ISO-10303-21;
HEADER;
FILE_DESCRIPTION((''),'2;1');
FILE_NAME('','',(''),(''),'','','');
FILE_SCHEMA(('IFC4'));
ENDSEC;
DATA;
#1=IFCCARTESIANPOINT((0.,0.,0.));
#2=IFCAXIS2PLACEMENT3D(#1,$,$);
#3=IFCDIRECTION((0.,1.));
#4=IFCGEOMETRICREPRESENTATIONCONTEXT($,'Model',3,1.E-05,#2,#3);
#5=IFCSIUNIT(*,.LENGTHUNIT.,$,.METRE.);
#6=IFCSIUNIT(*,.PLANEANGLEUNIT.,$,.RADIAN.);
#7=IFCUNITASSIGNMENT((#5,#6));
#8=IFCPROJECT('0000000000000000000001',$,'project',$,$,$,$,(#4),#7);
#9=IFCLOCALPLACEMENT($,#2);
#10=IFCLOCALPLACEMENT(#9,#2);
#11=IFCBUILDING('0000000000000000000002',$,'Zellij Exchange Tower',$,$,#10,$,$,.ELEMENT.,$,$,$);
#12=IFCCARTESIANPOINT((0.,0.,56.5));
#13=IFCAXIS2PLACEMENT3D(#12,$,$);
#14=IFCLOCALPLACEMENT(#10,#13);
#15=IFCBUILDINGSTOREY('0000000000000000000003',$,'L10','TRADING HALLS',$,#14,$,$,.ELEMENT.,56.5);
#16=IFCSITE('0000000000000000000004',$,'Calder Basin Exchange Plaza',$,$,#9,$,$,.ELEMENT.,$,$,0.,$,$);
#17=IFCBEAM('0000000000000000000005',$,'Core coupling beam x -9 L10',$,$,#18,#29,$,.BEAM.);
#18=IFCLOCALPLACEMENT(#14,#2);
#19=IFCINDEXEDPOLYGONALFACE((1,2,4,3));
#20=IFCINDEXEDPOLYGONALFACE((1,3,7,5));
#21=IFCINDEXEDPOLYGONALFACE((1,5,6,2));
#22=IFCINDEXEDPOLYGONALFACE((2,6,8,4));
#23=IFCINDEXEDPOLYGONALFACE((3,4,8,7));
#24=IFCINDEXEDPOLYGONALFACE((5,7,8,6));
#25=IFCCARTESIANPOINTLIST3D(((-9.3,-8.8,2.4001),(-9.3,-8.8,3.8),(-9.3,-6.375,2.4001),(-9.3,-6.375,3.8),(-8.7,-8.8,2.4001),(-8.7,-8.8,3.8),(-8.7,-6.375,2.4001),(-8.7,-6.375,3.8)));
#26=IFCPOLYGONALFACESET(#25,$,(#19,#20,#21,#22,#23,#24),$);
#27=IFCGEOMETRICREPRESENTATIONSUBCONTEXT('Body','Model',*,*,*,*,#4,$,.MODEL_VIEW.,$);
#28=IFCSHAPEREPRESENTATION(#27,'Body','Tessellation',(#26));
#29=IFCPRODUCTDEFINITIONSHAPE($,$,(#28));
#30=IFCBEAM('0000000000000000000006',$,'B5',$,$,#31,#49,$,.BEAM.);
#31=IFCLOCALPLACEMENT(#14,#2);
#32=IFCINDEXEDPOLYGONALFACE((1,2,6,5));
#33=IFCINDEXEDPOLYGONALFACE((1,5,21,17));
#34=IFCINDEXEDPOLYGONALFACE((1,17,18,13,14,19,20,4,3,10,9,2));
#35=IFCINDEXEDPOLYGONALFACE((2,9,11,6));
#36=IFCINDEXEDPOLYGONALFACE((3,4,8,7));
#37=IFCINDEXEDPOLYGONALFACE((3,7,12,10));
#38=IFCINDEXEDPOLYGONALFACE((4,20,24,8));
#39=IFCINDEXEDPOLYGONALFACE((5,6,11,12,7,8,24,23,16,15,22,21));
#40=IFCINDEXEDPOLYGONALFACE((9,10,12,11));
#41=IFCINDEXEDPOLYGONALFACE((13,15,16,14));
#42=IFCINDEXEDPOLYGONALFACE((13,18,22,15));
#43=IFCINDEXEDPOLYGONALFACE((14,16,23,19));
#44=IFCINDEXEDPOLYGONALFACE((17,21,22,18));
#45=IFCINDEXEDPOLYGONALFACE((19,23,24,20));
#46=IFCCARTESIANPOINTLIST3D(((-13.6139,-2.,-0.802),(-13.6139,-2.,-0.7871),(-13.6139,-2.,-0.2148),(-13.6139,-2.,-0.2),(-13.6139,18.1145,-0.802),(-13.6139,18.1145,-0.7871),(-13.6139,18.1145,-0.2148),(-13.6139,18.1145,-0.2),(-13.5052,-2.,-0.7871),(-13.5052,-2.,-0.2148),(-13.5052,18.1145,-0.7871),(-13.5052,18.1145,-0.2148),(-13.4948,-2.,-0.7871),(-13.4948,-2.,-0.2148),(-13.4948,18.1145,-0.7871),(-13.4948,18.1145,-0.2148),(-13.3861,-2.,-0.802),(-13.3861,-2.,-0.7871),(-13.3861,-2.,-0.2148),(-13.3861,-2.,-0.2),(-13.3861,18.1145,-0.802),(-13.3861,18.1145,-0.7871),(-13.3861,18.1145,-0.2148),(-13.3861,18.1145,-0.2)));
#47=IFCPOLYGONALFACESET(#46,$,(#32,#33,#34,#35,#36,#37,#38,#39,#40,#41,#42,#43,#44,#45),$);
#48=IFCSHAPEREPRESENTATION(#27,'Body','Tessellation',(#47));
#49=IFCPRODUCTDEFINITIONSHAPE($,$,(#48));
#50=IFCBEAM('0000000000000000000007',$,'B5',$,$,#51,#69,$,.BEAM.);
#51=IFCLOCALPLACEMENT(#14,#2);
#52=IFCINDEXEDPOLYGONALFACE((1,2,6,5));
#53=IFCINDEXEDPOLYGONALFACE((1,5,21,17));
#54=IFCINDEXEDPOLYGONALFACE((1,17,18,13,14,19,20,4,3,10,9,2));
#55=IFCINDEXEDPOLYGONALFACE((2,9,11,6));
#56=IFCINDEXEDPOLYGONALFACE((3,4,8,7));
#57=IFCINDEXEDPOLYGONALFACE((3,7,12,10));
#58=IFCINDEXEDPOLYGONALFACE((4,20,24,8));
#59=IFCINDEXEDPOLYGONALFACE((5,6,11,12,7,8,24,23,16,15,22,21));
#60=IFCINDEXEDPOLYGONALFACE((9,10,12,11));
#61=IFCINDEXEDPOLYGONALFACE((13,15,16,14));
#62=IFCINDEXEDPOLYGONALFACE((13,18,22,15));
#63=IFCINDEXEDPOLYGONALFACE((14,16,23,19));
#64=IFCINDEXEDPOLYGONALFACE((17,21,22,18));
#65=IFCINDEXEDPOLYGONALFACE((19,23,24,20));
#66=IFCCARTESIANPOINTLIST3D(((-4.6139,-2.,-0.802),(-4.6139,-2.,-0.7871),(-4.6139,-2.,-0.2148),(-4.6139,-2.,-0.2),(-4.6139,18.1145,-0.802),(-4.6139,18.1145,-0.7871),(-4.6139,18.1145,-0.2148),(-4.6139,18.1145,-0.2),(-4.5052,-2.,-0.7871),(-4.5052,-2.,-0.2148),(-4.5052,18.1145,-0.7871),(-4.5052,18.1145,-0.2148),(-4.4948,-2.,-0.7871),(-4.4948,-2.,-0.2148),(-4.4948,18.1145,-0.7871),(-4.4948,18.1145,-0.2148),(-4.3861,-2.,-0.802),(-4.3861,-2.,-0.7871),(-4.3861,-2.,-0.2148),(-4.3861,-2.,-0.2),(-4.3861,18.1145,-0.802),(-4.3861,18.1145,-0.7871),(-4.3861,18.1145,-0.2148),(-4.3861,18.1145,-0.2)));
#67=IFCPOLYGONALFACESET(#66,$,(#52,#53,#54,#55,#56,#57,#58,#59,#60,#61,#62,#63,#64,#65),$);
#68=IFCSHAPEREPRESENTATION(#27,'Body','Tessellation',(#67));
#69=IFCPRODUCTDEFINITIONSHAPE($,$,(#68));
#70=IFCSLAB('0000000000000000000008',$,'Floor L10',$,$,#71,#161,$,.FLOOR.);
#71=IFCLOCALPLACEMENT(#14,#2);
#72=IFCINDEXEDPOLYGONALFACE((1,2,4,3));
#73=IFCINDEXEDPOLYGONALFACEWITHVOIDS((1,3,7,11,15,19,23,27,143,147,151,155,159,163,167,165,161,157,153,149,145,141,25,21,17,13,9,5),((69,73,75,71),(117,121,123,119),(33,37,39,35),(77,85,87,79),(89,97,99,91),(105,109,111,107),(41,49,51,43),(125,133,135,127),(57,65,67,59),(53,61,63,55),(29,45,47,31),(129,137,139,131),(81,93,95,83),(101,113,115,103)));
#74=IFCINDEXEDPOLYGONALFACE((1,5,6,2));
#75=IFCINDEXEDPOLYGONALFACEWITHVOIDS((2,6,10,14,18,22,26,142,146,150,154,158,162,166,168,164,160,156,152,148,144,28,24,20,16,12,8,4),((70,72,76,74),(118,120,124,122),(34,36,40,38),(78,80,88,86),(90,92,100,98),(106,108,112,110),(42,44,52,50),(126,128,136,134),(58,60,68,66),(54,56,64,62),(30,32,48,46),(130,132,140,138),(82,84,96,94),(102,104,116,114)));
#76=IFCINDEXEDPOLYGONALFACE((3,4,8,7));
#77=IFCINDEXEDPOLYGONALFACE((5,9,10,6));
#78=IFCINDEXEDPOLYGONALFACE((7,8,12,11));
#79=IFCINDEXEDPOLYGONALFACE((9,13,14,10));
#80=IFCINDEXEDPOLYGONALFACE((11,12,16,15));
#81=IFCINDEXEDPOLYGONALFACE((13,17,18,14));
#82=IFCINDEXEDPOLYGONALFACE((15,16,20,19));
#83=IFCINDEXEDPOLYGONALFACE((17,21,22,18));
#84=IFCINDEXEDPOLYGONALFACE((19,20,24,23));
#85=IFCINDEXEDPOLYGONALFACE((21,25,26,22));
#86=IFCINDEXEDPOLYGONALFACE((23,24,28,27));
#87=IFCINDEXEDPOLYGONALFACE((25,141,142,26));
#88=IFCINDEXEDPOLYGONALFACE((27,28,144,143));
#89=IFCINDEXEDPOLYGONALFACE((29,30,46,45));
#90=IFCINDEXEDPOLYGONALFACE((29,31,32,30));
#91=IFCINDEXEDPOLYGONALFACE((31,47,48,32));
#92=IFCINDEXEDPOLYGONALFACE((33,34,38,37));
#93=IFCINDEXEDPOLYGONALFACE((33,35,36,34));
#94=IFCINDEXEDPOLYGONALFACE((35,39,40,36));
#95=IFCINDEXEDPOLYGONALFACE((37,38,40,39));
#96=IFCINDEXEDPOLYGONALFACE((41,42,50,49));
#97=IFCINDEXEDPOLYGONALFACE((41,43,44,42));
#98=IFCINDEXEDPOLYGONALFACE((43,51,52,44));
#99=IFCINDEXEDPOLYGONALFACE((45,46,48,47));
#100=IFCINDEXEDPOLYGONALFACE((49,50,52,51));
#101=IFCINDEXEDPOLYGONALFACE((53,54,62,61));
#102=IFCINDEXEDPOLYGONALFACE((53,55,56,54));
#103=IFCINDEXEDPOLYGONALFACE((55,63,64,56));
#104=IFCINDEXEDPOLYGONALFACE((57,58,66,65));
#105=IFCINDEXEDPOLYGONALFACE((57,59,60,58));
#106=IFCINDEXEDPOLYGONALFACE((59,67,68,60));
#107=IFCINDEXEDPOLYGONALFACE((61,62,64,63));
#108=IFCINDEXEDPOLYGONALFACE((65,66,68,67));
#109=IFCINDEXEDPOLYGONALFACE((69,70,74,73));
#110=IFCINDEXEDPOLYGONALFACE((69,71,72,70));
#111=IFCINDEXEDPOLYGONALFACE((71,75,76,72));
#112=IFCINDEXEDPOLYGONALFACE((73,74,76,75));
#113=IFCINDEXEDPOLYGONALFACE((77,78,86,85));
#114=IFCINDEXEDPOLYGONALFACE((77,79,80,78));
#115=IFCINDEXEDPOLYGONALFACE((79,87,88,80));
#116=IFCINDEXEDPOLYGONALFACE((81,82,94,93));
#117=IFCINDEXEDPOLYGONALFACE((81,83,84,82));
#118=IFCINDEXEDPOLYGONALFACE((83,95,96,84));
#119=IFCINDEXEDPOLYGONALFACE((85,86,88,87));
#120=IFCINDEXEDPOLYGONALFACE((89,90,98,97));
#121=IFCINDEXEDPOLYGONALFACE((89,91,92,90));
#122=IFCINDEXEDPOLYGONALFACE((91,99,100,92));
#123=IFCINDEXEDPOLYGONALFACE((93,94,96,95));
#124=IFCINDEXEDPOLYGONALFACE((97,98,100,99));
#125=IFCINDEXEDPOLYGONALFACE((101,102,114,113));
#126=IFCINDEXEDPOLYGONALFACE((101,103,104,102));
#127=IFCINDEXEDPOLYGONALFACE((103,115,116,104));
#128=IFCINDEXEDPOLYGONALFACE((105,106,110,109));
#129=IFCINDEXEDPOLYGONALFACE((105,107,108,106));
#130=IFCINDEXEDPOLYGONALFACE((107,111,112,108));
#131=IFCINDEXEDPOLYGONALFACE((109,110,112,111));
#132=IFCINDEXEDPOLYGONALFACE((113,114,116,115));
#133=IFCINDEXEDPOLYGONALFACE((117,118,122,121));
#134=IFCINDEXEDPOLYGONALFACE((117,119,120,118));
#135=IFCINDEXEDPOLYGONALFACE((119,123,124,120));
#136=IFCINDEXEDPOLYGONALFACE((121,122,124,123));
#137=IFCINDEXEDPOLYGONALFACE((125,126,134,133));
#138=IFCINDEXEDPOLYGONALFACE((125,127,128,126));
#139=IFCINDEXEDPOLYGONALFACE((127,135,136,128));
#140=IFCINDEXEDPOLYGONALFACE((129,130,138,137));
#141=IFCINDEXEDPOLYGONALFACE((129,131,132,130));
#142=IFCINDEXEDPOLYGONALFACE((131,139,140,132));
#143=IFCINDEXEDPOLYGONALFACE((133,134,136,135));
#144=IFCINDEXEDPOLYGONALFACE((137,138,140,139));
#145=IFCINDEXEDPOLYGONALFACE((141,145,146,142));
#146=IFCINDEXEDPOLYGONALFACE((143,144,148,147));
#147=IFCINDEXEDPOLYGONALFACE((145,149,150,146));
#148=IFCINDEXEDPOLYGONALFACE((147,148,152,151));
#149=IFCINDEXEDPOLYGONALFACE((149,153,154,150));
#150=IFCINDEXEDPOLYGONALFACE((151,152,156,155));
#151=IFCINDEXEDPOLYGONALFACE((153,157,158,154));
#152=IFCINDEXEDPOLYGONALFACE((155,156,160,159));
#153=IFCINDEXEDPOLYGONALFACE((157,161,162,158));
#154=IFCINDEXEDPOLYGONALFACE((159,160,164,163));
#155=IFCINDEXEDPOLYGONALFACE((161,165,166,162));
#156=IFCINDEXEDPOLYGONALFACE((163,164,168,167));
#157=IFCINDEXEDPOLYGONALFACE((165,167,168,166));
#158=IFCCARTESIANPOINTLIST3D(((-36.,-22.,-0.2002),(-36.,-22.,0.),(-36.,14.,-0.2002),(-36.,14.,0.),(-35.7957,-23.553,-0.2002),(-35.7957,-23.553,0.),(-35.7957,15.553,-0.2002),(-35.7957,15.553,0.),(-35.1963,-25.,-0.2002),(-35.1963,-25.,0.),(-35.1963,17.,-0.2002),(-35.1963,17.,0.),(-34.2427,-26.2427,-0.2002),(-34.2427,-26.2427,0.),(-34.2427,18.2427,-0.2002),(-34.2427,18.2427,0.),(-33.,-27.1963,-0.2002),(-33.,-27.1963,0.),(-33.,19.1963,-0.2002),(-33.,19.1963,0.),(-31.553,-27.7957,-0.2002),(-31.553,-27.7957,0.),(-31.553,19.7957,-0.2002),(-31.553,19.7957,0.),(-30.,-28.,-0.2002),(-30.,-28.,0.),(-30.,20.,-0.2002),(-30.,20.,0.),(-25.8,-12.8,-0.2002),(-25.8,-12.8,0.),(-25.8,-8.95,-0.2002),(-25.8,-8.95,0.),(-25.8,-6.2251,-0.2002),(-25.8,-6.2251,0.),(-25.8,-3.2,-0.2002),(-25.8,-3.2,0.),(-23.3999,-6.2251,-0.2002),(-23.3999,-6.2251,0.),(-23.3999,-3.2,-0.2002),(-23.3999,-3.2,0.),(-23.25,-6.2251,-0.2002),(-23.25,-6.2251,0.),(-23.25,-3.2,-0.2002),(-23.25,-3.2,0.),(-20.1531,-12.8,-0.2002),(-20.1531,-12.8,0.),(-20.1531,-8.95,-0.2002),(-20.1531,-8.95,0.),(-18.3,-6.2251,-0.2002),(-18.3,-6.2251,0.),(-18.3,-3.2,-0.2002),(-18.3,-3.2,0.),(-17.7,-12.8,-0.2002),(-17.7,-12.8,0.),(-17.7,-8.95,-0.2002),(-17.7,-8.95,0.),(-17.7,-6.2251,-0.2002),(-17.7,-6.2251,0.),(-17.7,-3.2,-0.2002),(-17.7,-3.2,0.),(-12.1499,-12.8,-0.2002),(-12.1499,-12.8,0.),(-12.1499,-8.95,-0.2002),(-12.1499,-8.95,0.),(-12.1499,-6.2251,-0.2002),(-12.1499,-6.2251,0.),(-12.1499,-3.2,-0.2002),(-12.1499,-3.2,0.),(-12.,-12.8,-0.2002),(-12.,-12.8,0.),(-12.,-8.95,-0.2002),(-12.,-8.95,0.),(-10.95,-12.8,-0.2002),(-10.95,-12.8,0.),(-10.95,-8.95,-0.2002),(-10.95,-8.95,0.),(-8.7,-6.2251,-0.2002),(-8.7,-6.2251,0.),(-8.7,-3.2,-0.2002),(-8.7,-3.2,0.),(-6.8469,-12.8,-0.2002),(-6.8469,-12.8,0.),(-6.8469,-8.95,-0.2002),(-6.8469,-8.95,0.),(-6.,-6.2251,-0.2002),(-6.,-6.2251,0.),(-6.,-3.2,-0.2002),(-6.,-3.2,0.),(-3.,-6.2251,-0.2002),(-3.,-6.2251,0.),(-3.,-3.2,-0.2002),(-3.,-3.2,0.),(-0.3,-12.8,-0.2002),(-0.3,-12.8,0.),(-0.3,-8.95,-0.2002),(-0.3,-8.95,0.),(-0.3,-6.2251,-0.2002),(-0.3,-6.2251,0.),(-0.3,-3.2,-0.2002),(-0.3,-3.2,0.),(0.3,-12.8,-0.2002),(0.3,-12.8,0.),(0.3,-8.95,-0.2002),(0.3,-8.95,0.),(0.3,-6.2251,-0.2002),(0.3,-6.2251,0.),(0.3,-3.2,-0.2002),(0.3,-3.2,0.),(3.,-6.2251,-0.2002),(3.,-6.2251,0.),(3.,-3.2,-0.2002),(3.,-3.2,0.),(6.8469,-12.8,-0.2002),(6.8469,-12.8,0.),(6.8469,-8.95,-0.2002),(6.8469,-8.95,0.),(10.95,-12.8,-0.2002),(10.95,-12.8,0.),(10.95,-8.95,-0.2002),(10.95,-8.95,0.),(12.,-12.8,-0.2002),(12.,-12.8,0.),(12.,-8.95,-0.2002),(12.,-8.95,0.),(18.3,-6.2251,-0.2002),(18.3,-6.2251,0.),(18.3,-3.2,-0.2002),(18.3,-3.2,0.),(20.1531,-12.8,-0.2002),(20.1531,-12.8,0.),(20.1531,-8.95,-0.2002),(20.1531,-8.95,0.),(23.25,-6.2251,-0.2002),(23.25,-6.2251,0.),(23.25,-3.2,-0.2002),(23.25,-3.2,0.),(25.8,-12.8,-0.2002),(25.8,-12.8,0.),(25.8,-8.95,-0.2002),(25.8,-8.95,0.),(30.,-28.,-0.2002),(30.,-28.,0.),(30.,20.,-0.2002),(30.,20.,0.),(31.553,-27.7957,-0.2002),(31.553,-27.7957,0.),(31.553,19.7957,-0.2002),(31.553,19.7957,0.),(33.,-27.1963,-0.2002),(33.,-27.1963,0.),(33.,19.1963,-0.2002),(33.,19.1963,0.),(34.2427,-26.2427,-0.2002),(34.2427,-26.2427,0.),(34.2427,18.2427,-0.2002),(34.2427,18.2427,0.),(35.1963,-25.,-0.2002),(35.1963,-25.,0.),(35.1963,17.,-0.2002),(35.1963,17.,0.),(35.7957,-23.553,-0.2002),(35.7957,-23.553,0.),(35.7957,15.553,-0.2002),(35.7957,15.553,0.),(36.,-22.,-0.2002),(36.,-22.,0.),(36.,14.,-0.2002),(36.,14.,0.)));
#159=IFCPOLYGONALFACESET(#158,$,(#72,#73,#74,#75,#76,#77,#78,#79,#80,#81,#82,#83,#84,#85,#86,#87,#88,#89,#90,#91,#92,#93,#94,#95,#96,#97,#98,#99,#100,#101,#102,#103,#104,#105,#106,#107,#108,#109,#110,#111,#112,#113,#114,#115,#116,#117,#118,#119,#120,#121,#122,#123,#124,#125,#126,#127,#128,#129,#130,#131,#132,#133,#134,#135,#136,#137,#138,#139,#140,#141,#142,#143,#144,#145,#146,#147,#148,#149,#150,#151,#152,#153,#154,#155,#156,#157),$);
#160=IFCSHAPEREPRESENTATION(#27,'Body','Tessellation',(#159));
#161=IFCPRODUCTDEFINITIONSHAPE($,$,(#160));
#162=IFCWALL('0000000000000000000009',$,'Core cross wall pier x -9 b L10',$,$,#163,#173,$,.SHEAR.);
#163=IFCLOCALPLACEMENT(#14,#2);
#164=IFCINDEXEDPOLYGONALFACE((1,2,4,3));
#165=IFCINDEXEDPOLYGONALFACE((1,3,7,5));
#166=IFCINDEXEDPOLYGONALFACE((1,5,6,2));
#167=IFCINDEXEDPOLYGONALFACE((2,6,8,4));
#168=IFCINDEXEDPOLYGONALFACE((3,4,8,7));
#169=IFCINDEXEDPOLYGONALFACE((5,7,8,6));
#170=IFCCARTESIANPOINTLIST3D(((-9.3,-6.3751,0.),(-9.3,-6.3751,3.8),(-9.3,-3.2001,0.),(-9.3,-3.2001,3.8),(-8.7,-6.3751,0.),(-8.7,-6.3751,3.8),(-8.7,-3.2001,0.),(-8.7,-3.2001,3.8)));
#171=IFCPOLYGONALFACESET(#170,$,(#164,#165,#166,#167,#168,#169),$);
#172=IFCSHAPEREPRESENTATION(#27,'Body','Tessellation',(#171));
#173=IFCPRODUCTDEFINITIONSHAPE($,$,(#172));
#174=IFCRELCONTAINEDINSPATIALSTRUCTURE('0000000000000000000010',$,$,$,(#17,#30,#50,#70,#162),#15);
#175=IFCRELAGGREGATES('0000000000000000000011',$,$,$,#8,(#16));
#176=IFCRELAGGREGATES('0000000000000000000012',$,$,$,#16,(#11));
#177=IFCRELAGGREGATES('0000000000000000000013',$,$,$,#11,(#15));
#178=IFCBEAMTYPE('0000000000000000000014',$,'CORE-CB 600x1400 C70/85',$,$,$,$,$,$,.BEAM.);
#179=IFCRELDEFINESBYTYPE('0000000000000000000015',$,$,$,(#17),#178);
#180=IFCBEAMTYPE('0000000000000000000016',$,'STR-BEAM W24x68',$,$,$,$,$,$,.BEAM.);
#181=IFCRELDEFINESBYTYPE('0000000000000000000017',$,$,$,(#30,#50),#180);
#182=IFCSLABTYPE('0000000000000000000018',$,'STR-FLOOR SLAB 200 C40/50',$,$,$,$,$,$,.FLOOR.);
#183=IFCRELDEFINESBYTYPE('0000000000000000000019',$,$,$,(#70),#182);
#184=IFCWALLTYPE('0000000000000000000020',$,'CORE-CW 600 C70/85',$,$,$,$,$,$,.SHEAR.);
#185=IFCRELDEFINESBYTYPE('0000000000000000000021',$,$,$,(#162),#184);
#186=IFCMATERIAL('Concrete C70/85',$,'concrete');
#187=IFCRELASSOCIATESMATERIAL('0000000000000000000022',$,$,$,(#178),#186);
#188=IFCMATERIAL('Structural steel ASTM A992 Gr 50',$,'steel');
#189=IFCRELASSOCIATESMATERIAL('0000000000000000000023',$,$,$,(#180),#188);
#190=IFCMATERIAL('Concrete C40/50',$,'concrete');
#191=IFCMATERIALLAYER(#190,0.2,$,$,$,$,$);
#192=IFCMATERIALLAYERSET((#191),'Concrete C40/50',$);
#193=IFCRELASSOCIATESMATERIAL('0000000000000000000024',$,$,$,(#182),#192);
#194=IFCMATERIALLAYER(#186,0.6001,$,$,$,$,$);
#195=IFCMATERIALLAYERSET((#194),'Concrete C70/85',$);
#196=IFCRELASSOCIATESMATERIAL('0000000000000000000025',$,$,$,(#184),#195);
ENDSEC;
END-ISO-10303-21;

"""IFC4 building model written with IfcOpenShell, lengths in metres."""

from ifc_helpers import new_model, si_unit, direction, frame, frame_2d, origin, origin_2d, place, context, subcontext, project, spatial, polyline, rectangle, i_section, outline, extrude, material, layer, layer_set, material_profile, profile_set, type_object, element, save


model = new_model("IFC4")

# Units and contexts
model_context = context("Model", 3, precision=1e-05, world=origin(), true_north=direction((0.0, 1.0)))
body_context = subcontext(model_context, "Body", "Model", "MODEL_VIEW")
ifc_project = project(units=[si_unit("LENGTHUNIT", "METRE"), si_unit("PLANEANGLEUNIT", "RADIAN")], contexts=[model_context])

# Site, building, storey
site_placement = place(None, origin())
site = spatial("IfcSite", under=ifc_project, at=site_placement, Name="Calder Basin Exchange Plaza", CompositionType="ELEMENT", RefElevation=0.0)
building_placement = place(site_placement, origin())
building = spatial("IfcBuilding", under=site, at=building_placement, Name="Zellij Exchange Tower", CompositionType="ELEMENT")
storey_placement = place(building_placement, frame((0.0, 0.0, 56.5)))
storey = spatial("IfcBuildingStorey", under=building, at=storey_placement, Name="L10", Description="TRADING HALLS", CompositionType="ELEMENT", Elevation=56.5)

# Beams
ifc_material_1 = material(Name="Concrete C70/85", Category="concrete")
ifc_material_profile_1 = material_profile(ifc_material_1, rectangle(XDim=0.6001, YDim=1.3999, at=origin_2d()), Name="CORE-CB 600x1400 C70/85")
ifc_profile_set_1 = profile_set([ifc_material_profile_1], Name="Concrete C70/85")
beam_type_1 = type_object("IfcBeamType", Name="CORE-CB 600x1400 C70/85", PredefinedType="BEAM", material=ifc_profile_set_1)
beam_placement = place(storey_placement, frame((-9.0, -8.8, 3.1001), z_axis=(0.0, 1.0, 0.0), x_axis=(-1.0, 0.0, 0.0)))
element("IfcBeam", 1, at=beam_placement, inside=storey, type_object=beam_type_1, Name="Core coupling beam x -9 L10", PredefinedType="BEAM", context=body_context, shape_type="SweptSolid", body=[
    extrude(rectangle(XDim=0.6001, YDim=1.3999, at=origin_2d()), origin(), (0.0, 0.0, 1.0), 2.425),
])
ifc_material_2 = material(Name="Structural steel ASTM A992 Gr 50", Category="steel")
ifc_material_profile_2 = material_profile(ifc_material_2, i_section(OverallWidth=0.2278, OverallDepth=0.6021, WebThickness=0.0105, FlangeThickness=0.0149, at=origin_2d()), Name="W24x68")
ifc_profile_set_2 = profile_set([ifc_material_profile_2], Name="Structural steel ASTM A992 Gr 50")
beam_type_2 = type_object("IfcBeamType", Name="STR-BEAM W24x68", PredefinedType="BEAM", material=ifc_profile_set_2)
for number, where, z_axis, x_axis, name in (
    (2, (-13.5, -2.0, -0.501), (0.0, 1.0, 0.0), (-1.0, 0.0, 0.0), "B5"),
    (3, (-4.5, -2.0, -0.501), (0.0, 1.0, 0.0), (-1.0, 0.0, 0.0), "B5"),
):
    element("IfcBeam", number, at=place(storey_placement, frame(where, z_axis=z_axis, x_axis=x_axis)), inside=storey, type_object=beam_type_2, Name=name, PredefinedType="BEAM", context=body_context, shape_type="SweptSolid", body=[
        extrude(i_section(OverallWidth=0.2278, OverallDepth=0.6021, WebThickness=0.0105, FlangeThickness=0.0149, at=origin_2d()), origin(), (0.0, 0.0, 1.0), 20.1145),
    ])

# Slab
ifc_material_3 = material(Name="Concrete C40/50", Category="concrete")
ifc_layer_1 = layer(ifc_material_3, 0.2)
ifc_layer_set_1 = layer_set([ifc_layer_1], Name="Concrete C40/50")
slab_type = type_object("IfcSlabType", Name="STR-FLOOR SLAB 200 C40/50", PredefinedType="FLOOR", material=ifc_layer_set_1)
slab_placement = place(storey_placement, frame((0.0, 0.0, -0.2002)))
element("IfcSlab", 4, at=slab_placement, inside=storey, type_object=slab_type, Name="Floor L10", PredefinedType="FLOOR", context=body_context, shape_type="SweptSolid", body=[
    extrude(outline(polyline([(-30.0, -28.0), (-31.553, -27.7957), (-33.0, -27.1963), (-34.2427, -26.2427), (-35.1963, -25.0), (-35.7957, -23.553), (-36.0, -22.0), (-36.0, 14.0), (-35.7957, 15.553), (-35.1963, 17.0), (-34.2427, 18.2427), (-33.0, 19.1963), (-31.553, 19.7957), (-30.0, 20.0), (30.0, 20.0), (31.553, 19.7957), (33.0, 19.1963), (34.2427, 18.2427), (35.1963, 17.0), (35.7957, 15.553), (36.0, 14.0), (36.0, -22.0), (35.7957, -23.553), (35.1963, -25.0), (34.2427, -26.2427), (33.0, -27.1963), (31.553, -27.7957), (30.0, -28.0), (-30.0, -28.0)]), holes=[polyline([(-25.8, -8.95), (-25.8, -12.8), (-20.1531, -12.8), (-20.1531, -8.95), (-25.8, -8.95)]), polyline([(-12.1499, -8.95), (-17.7, -8.95), (-17.7, -12.8), (-12.1499, -12.8), (-12.1499, -8.95)]), polyline([(-10.95, -8.95), (-12.0, -8.95), (-12.0, -12.8), (-10.95, -12.8), (-10.95, -8.95)]), polyline([(-23.3999, -3.2), (-25.8, -3.2), (-25.8, -6.2251), (-23.3999, -6.2251), (-23.3999, -3.2)]), polyline([(-18.3, -3.2), (-23.25, -3.2), (-23.25, -6.2251), (-18.3, -6.2251), (-18.3, -3.2)]), polyline([(-12.1499, -3.2), (-17.7, -3.2), (-17.7, -6.2251), (-12.1499, -6.2251), (-12.1499, -3.2)]), polyline([(-6.0, -3.2), (-8.7, -3.2), (-8.7, -6.2251), (-6.0, -6.2251), (-6.0, -3.2)]), polyline([(-6.8469, -8.95), (-6.8469, -12.8), (-0.3, -12.8), (-0.3, -8.95), (-6.8469, -8.95)]), polyline([(6.8469, -8.95), (0.3, -8.95), (0.3, -12.8), (6.8469, -12.8), (6.8469, -8.95)]), polyline([(12.0, -8.95), (10.95, -8.95), (10.95, -12.8), (12.0, -12.8), (12.0, -8.95)]), polyline([(25.8, -8.95), (20.1531, -8.95), (20.1531, -12.8), (25.8, -12.8), (25.8, -8.95)]), polyline([(-0.3, -3.2), (-3.0, -3.2), (-3.0, -6.2251), (-0.3, -6.2251), (-0.3, -3.2)]), polyline([(3.0, -3.2), (0.3, -3.2), (0.3, -6.2251), (3.0, -6.2251), (3.0, -3.2)]), polyline([(23.25, -3.2), (18.3, -3.2), (18.3, -6.2251), (23.25, -6.2251), (23.25, -3.2)])]), origin(), (0.0, 0.0, 1.0), 0.2002),
])

# Wall
ifc_layer_2 = layer(ifc_material_1, 0.6001)
ifc_layer_set_2 = layer_set([ifc_layer_2], Name="Concrete C70/85")
wall_type_1 = type_object("IfcWallType", Name="CORE-CW 600 C70/85", PredefinedType="SHEAR", material=ifc_layer_set_2)
wall_1_placement = place(storey_placement, frame((-9.0, -6.375, 0.0), z_axis=(0.0, 0.0, 1.0), x_axis=(0.0, 1.0, 0.0)))
element("IfcWall", 5, at=wall_1_placement, inside=storey, type_object=wall_type_1, Name="Core cross wall pier x -9 b L10", PredefinedType="SHEAR", context=body_context, shape_type="SweptSolid", body=[
    extrude(rectangle(XDim=3.175, YDim=0.6001, at=frame_2d((1.5874, 0.0))), origin(), (0.0, 0.0, 1.0), 3.8),
])

save(model, "model.ifc")
